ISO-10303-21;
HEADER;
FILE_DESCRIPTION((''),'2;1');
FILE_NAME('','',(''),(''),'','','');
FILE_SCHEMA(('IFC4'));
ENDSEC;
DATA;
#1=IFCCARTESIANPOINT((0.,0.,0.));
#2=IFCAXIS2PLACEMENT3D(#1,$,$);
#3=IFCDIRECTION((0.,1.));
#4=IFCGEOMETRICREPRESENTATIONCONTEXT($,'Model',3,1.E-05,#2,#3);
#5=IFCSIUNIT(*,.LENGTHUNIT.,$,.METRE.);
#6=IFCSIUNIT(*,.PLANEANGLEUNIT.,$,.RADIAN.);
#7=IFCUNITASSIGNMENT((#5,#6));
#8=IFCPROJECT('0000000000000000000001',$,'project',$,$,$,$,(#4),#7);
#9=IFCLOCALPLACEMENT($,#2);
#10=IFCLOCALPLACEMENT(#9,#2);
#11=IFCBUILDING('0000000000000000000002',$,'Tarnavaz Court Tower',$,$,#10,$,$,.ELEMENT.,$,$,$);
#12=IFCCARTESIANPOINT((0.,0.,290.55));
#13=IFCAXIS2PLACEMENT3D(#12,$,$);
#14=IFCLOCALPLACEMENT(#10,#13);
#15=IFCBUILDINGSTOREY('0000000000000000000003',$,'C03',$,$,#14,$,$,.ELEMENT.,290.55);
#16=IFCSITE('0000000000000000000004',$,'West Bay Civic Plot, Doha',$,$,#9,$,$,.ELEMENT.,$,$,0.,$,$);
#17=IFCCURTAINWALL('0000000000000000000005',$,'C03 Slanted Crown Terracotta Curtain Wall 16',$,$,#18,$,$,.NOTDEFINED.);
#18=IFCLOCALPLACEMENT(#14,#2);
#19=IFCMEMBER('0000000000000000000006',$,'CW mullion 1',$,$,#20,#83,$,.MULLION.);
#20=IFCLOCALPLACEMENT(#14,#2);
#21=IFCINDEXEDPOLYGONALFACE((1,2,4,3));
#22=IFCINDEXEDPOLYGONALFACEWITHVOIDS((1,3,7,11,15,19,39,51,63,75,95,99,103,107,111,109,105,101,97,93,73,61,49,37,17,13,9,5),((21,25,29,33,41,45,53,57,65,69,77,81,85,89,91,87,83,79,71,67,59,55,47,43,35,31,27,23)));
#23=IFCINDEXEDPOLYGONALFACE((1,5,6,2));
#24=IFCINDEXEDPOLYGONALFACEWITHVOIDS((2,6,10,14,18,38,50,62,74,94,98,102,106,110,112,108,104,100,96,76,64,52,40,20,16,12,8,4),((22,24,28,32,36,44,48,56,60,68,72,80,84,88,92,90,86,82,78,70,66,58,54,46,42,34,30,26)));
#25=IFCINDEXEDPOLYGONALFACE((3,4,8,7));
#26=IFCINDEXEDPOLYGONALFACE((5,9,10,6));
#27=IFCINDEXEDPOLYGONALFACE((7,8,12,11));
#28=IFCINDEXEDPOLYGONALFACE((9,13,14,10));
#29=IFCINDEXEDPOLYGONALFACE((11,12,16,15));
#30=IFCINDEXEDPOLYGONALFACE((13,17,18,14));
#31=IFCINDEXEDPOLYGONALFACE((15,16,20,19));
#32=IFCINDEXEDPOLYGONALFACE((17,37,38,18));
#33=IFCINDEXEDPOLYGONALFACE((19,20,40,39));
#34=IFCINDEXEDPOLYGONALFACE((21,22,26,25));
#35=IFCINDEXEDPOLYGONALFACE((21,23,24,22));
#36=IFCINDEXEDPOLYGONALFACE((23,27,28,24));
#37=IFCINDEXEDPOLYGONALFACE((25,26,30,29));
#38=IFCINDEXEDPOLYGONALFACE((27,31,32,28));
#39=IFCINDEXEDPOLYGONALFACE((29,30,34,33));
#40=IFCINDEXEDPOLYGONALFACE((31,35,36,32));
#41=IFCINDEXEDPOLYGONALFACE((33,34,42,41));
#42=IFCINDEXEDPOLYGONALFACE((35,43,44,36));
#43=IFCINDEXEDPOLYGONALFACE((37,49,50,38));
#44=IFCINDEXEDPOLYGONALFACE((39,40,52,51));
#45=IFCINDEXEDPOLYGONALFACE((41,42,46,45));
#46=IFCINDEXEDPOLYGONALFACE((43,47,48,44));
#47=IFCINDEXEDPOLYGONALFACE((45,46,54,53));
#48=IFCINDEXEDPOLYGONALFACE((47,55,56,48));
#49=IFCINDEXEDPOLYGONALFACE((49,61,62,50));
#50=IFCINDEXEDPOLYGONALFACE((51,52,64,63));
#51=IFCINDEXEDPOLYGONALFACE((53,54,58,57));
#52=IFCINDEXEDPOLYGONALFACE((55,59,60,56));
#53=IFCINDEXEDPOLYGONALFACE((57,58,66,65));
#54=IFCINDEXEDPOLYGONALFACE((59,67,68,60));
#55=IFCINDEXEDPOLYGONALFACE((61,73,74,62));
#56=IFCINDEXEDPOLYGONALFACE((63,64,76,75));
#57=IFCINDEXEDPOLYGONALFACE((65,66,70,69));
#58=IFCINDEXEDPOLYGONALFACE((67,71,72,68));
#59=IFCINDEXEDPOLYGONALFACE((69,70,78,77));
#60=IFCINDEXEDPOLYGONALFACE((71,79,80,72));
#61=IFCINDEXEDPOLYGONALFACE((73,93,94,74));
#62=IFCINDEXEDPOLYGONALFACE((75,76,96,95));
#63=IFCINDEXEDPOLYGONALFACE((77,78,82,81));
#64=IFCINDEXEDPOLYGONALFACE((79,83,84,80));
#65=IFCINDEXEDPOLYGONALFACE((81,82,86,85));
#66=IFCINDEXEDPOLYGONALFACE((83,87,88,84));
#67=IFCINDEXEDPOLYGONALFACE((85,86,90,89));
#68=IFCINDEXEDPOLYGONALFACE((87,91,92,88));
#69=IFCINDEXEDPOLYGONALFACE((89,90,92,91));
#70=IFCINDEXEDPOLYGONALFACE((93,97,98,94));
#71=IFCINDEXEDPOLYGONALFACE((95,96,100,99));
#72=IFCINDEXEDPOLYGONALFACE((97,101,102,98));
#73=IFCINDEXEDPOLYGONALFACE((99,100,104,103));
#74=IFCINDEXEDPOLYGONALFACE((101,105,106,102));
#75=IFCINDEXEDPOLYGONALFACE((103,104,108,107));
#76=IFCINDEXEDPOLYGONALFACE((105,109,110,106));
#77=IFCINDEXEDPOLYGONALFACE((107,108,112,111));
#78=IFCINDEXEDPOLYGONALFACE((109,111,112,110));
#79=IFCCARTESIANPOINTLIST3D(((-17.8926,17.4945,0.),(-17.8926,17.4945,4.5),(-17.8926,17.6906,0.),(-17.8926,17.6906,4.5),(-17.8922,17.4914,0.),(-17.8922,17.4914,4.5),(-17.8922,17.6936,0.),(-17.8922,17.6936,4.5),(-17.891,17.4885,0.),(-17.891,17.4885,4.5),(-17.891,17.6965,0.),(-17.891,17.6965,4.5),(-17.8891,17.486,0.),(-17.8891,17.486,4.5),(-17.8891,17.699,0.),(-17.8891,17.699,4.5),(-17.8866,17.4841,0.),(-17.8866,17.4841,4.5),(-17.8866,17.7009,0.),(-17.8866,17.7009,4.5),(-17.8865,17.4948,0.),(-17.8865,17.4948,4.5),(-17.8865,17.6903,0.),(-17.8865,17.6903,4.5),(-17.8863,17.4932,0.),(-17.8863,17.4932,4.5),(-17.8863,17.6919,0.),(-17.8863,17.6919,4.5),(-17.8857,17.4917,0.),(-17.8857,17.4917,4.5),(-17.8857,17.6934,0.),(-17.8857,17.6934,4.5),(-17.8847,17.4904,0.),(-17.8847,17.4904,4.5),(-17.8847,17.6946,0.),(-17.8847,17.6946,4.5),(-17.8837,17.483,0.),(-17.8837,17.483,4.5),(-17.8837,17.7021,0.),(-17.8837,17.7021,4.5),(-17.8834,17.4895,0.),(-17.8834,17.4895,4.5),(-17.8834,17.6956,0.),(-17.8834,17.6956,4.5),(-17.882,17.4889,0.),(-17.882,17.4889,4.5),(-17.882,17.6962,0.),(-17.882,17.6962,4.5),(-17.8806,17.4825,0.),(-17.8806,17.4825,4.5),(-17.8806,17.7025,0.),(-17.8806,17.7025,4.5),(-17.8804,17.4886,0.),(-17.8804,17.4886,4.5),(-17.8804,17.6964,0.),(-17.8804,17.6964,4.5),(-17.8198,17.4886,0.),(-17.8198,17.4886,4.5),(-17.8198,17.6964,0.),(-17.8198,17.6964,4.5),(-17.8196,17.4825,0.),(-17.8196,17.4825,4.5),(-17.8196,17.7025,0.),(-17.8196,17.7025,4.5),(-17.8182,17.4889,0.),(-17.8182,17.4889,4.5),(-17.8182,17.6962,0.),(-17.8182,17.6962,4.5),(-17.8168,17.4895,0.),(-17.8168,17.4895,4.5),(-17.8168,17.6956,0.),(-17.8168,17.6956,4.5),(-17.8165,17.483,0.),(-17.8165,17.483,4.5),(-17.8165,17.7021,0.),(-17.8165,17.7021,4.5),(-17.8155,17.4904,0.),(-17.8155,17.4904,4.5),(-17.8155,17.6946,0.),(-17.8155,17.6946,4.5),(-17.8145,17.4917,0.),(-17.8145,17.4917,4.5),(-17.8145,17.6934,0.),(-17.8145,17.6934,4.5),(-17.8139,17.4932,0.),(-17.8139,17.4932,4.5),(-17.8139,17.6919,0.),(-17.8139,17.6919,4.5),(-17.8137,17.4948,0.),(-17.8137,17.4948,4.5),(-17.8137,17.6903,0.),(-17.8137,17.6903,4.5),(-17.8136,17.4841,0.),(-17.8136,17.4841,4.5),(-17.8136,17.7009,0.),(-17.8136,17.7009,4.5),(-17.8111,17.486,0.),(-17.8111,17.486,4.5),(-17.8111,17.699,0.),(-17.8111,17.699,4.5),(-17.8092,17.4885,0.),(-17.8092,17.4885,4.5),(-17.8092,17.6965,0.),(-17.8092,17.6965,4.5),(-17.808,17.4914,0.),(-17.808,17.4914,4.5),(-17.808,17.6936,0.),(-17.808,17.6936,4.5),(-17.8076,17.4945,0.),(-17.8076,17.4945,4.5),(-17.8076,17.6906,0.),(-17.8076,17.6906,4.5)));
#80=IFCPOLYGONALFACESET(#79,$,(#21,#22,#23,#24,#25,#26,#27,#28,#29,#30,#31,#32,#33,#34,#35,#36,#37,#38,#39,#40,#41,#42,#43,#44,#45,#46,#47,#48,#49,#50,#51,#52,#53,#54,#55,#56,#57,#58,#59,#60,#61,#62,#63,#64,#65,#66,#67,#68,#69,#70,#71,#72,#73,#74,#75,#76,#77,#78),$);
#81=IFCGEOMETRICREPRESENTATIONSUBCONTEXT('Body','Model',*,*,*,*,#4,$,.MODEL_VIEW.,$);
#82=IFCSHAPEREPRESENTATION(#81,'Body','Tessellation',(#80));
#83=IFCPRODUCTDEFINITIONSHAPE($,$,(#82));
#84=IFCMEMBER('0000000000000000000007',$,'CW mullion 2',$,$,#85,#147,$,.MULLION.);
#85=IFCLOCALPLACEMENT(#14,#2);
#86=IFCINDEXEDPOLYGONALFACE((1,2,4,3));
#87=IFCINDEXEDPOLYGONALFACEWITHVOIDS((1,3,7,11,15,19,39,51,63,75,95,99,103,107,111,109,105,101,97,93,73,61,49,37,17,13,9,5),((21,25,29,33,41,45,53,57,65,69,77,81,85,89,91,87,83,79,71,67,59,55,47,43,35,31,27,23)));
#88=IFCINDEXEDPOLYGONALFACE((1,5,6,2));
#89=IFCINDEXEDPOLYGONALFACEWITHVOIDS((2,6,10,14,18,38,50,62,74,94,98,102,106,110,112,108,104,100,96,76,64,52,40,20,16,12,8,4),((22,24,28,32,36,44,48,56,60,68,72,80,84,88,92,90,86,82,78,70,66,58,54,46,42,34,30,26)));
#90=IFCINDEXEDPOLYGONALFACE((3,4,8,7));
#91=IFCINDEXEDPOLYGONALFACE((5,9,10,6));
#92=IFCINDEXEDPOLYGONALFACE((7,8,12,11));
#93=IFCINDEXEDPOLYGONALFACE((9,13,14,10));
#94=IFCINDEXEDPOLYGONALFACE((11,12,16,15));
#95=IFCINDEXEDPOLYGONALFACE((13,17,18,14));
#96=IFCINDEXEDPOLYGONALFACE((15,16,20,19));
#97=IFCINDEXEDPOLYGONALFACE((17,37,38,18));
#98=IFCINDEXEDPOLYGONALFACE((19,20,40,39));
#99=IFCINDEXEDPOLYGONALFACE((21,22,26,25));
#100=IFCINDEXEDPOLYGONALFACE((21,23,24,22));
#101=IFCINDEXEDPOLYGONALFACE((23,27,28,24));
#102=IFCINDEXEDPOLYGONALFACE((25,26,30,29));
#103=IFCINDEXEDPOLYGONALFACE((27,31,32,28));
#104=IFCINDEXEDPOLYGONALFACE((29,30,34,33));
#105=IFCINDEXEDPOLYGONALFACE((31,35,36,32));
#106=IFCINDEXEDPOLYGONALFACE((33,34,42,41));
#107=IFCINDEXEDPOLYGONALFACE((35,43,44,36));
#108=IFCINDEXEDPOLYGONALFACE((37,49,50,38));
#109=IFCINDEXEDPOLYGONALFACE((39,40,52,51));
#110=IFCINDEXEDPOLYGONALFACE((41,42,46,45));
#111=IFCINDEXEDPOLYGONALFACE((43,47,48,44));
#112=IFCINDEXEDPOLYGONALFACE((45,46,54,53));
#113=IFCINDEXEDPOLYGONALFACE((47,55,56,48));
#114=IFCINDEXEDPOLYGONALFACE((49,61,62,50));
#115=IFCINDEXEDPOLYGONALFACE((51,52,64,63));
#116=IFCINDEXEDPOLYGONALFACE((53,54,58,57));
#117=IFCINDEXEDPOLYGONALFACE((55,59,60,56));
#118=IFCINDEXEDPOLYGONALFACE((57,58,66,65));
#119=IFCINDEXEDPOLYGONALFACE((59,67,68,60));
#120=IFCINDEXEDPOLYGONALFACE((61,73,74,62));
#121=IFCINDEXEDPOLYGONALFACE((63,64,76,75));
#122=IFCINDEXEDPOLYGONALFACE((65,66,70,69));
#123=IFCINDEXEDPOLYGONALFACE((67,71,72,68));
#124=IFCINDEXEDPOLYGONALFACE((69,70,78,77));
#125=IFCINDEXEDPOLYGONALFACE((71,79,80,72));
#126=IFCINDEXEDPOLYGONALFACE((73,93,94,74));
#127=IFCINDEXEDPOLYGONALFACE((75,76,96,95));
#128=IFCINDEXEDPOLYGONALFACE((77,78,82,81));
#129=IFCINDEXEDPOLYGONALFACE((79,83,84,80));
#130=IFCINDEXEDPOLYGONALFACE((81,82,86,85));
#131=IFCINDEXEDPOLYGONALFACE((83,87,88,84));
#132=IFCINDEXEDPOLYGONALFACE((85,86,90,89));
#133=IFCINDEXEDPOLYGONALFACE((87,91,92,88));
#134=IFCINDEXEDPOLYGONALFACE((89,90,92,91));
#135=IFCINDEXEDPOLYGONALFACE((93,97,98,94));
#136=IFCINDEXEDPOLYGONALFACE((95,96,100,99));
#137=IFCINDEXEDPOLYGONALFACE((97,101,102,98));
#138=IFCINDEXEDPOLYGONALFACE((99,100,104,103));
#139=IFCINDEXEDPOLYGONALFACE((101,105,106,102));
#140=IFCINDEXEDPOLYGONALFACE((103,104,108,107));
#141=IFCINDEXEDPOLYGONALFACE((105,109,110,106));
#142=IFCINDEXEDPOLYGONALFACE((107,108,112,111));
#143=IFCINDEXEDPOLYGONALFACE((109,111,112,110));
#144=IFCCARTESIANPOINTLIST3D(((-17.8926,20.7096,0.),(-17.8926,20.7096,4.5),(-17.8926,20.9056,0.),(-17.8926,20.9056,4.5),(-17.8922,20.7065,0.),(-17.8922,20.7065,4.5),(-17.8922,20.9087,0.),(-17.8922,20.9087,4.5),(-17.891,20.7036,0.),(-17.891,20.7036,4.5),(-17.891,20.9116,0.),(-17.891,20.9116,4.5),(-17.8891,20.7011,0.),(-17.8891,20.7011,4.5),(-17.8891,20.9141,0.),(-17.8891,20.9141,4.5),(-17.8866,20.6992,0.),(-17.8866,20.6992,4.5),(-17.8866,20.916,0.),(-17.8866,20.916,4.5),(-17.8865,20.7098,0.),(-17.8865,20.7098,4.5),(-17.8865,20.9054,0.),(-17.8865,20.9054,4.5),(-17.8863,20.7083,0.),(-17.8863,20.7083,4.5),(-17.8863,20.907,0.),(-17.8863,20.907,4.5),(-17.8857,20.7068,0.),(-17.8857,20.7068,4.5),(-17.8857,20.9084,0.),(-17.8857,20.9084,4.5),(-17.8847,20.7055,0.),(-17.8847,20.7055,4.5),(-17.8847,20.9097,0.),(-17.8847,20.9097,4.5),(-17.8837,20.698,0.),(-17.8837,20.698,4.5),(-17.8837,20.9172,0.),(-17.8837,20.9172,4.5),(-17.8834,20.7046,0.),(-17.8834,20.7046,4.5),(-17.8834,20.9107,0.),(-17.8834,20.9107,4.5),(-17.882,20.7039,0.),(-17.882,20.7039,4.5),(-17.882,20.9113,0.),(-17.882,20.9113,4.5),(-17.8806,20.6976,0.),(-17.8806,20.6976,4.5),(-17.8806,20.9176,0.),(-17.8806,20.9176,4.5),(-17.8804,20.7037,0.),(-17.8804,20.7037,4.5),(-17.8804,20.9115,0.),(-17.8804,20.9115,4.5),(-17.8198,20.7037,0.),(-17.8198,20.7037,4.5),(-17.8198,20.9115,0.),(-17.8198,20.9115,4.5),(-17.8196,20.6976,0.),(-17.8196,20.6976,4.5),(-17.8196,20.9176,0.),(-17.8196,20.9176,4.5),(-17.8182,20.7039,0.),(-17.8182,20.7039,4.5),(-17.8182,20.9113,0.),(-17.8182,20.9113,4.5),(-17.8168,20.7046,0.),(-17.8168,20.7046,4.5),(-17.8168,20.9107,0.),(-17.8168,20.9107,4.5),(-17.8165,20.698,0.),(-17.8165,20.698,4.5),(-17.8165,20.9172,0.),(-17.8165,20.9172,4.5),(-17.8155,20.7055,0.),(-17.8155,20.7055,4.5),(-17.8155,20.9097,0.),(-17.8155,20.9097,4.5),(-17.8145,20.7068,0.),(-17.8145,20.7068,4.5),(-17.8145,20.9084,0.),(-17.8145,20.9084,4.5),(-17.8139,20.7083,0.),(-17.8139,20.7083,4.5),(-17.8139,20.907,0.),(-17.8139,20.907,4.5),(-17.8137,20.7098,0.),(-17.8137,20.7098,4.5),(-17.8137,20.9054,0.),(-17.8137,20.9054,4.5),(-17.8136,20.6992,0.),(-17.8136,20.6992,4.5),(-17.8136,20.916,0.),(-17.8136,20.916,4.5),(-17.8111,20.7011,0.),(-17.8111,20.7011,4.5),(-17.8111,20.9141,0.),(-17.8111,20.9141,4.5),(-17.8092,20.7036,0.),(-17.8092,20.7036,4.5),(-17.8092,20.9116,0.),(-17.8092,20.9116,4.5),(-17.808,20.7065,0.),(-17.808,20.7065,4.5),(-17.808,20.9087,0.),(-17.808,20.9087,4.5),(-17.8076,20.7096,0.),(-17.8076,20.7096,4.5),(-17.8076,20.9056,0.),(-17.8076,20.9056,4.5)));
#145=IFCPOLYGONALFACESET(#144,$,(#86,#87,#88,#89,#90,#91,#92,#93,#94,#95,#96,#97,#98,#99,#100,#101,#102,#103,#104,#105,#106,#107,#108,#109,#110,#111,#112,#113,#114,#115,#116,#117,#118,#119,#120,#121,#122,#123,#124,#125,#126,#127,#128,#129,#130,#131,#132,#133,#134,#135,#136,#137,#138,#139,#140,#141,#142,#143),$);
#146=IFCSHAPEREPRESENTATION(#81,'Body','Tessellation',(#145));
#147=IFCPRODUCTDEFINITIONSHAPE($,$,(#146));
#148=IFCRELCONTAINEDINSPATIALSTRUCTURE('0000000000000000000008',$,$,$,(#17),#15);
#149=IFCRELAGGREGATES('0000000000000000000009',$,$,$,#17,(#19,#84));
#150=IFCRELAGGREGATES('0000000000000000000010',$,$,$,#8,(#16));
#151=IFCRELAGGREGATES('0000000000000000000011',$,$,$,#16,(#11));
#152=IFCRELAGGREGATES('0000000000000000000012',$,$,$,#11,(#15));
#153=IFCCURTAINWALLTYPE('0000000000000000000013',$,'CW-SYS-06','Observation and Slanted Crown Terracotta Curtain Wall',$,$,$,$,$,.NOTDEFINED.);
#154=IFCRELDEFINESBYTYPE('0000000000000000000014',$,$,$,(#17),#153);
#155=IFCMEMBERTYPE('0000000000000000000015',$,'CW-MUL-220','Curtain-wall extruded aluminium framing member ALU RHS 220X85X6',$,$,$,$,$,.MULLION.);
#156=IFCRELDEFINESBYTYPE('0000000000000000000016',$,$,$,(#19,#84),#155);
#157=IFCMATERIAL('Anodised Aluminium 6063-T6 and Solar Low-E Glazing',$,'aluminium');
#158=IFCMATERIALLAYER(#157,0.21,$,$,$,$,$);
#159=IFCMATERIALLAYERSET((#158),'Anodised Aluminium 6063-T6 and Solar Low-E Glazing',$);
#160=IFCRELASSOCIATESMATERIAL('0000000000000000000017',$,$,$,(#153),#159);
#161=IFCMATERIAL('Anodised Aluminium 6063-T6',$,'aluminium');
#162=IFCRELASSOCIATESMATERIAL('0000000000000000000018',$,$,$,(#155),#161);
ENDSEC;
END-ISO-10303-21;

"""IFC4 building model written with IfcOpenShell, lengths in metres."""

from ifc_helpers import new_model, si_unit, direction, frame, origin, origin_2d, place, context, subcontext, project, spatial, hollow_rectangle, extrude, material, layer, layer_set, material_profile, profile_set, type_object, element, aggregate, save


model = new_model("IFC4")

# Units and contexts
model_context = context("Model", 3, precision=1e-05, world=origin(), true_north=direction((0.0, 1.0)))
body_context = subcontext(model_context, "Body", "Model", "MODEL_VIEW")
ifc_project = project(units=[si_unit("LENGTHUNIT", "METRE"), si_unit("PLANEANGLEUNIT", "RADIAN")], contexts=[model_context])

# Site, building, storey
site_placement = place(None, origin())
site = spatial("IfcSite", under=ifc_project, at=site_placement, Name="West Bay Civic Plot, Doha", CompositionType="ELEMENT", RefElevation=0.0)
building_placement = place(site_placement, origin())
building = spatial("IfcBuilding", under=site, at=building_placement, Name="Tarnavaz Court Tower", CompositionType="ELEMENT")
storey_placement = place(building_placement, frame((0.0, 0.0, 290.55)))
storey = spatial("IfcBuildingStorey", under=building, at=storey_placement, Name="C03", CompositionType="ELEMENT", Elevation=290.55)

# Curtain wall, members
ifc_material_1 = material(Name="Anodised Aluminium 6063-T6 and Solar Low-E Glazing", Category="aluminium")
ifc_layer_1 = layer(ifc_material_1, 0.21)
ifc_layer_set_1 = layer_set([ifc_layer_1], Name="Anodised Aluminium 6063-T6 and Solar Low-E Glazing")
curtain_wall_type = type_object("IfcCurtainWallType", Name="CW-SYS-06", Description="Observation and Slanted Crown Terracotta Curtain Wall", PredefinedType="NOTDEFINED", material=ifc_layer_set_1)
ifc_material_2 = material(Name="Anodised Aluminium 6063-T6", Category="aluminium")
ifc_material_profile_1 = material_profile(ifc_material_2, hollow_rectangle(XDim=0.085, YDim=0.22, WallThickness=0.0061, InnerFilletRadius=0.0061, OuterFilletRadius=0.012, at=origin_2d()), Name="ALU RHS 220X85X6")
ifc_profile_set_1 = profile_set([ifc_material_profile_1], Name="Anodised Aluminium 6063-T6")
member_type_1 = type_object("IfcMemberType", Name="CW-MUL-220", Description="Curtain-wall extruded aluminium framing member ALU RHS 220X85X6", PredefinedType="MULLION", material=ifc_profile_set_1)
curtain_wall_1_placement = place(storey_placement, origin())
curtain_wall_1 = element("IfcCurtainWall", 1, at=curtain_wall_1_placement, inside=storey, type_object=curtain_wall_type, Name="C03 Slanted Crown Terracotta Curtain Wall 16", PredefinedType="NOTDEFINED")
member_1_placement = place(storey_placement, frame((-17.8501, 17.5925, 0.0), z_axis=(0.0, 0.0, 1.0), x_axis=(-1.0, 0.0, 0.0)))
member_1 = element("IfcMember", 2, at=member_1_placement, type_object=member_type_1, Name="CW mullion 1", PredefinedType="MULLION", context=body_context, shape_type="SweptSolid", body=[
    extrude(hollow_rectangle(XDim=0.085, YDim=0.22, WallThickness=0.0061, InnerFilletRadius=0.0061, OuterFilletRadius=0.012, at=origin_2d()), origin(), (0.0, 0.0, 1.0), 4.5),
])
member_2_placement = place(storey_placement, frame((-17.8501, 20.8076, 0.0), z_axis=(0.0, 0.0, 1.0), x_axis=(-1.0, 0.0, 0.0)))
member_2 = element("IfcMember", 3, at=member_2_placement, type_object=member_type_1, Name="CW mullion 2", PredefinedType="MULLION", context=body_context, shape_type="SweptSolid", body=[
    extrude(hollow_rectangle(XDim=0.085, YDim=0.22, WallThickness=0.0061, InnerFilletRadius=0.0061, OuterFilletRadius=0.012, at=origin_2d()), origin(), (0.0, 0.0, 1.0), 4.5),
])

aggregate(curtain_wall_1, [member_1, member_2])

save(model, "model.ifc")
